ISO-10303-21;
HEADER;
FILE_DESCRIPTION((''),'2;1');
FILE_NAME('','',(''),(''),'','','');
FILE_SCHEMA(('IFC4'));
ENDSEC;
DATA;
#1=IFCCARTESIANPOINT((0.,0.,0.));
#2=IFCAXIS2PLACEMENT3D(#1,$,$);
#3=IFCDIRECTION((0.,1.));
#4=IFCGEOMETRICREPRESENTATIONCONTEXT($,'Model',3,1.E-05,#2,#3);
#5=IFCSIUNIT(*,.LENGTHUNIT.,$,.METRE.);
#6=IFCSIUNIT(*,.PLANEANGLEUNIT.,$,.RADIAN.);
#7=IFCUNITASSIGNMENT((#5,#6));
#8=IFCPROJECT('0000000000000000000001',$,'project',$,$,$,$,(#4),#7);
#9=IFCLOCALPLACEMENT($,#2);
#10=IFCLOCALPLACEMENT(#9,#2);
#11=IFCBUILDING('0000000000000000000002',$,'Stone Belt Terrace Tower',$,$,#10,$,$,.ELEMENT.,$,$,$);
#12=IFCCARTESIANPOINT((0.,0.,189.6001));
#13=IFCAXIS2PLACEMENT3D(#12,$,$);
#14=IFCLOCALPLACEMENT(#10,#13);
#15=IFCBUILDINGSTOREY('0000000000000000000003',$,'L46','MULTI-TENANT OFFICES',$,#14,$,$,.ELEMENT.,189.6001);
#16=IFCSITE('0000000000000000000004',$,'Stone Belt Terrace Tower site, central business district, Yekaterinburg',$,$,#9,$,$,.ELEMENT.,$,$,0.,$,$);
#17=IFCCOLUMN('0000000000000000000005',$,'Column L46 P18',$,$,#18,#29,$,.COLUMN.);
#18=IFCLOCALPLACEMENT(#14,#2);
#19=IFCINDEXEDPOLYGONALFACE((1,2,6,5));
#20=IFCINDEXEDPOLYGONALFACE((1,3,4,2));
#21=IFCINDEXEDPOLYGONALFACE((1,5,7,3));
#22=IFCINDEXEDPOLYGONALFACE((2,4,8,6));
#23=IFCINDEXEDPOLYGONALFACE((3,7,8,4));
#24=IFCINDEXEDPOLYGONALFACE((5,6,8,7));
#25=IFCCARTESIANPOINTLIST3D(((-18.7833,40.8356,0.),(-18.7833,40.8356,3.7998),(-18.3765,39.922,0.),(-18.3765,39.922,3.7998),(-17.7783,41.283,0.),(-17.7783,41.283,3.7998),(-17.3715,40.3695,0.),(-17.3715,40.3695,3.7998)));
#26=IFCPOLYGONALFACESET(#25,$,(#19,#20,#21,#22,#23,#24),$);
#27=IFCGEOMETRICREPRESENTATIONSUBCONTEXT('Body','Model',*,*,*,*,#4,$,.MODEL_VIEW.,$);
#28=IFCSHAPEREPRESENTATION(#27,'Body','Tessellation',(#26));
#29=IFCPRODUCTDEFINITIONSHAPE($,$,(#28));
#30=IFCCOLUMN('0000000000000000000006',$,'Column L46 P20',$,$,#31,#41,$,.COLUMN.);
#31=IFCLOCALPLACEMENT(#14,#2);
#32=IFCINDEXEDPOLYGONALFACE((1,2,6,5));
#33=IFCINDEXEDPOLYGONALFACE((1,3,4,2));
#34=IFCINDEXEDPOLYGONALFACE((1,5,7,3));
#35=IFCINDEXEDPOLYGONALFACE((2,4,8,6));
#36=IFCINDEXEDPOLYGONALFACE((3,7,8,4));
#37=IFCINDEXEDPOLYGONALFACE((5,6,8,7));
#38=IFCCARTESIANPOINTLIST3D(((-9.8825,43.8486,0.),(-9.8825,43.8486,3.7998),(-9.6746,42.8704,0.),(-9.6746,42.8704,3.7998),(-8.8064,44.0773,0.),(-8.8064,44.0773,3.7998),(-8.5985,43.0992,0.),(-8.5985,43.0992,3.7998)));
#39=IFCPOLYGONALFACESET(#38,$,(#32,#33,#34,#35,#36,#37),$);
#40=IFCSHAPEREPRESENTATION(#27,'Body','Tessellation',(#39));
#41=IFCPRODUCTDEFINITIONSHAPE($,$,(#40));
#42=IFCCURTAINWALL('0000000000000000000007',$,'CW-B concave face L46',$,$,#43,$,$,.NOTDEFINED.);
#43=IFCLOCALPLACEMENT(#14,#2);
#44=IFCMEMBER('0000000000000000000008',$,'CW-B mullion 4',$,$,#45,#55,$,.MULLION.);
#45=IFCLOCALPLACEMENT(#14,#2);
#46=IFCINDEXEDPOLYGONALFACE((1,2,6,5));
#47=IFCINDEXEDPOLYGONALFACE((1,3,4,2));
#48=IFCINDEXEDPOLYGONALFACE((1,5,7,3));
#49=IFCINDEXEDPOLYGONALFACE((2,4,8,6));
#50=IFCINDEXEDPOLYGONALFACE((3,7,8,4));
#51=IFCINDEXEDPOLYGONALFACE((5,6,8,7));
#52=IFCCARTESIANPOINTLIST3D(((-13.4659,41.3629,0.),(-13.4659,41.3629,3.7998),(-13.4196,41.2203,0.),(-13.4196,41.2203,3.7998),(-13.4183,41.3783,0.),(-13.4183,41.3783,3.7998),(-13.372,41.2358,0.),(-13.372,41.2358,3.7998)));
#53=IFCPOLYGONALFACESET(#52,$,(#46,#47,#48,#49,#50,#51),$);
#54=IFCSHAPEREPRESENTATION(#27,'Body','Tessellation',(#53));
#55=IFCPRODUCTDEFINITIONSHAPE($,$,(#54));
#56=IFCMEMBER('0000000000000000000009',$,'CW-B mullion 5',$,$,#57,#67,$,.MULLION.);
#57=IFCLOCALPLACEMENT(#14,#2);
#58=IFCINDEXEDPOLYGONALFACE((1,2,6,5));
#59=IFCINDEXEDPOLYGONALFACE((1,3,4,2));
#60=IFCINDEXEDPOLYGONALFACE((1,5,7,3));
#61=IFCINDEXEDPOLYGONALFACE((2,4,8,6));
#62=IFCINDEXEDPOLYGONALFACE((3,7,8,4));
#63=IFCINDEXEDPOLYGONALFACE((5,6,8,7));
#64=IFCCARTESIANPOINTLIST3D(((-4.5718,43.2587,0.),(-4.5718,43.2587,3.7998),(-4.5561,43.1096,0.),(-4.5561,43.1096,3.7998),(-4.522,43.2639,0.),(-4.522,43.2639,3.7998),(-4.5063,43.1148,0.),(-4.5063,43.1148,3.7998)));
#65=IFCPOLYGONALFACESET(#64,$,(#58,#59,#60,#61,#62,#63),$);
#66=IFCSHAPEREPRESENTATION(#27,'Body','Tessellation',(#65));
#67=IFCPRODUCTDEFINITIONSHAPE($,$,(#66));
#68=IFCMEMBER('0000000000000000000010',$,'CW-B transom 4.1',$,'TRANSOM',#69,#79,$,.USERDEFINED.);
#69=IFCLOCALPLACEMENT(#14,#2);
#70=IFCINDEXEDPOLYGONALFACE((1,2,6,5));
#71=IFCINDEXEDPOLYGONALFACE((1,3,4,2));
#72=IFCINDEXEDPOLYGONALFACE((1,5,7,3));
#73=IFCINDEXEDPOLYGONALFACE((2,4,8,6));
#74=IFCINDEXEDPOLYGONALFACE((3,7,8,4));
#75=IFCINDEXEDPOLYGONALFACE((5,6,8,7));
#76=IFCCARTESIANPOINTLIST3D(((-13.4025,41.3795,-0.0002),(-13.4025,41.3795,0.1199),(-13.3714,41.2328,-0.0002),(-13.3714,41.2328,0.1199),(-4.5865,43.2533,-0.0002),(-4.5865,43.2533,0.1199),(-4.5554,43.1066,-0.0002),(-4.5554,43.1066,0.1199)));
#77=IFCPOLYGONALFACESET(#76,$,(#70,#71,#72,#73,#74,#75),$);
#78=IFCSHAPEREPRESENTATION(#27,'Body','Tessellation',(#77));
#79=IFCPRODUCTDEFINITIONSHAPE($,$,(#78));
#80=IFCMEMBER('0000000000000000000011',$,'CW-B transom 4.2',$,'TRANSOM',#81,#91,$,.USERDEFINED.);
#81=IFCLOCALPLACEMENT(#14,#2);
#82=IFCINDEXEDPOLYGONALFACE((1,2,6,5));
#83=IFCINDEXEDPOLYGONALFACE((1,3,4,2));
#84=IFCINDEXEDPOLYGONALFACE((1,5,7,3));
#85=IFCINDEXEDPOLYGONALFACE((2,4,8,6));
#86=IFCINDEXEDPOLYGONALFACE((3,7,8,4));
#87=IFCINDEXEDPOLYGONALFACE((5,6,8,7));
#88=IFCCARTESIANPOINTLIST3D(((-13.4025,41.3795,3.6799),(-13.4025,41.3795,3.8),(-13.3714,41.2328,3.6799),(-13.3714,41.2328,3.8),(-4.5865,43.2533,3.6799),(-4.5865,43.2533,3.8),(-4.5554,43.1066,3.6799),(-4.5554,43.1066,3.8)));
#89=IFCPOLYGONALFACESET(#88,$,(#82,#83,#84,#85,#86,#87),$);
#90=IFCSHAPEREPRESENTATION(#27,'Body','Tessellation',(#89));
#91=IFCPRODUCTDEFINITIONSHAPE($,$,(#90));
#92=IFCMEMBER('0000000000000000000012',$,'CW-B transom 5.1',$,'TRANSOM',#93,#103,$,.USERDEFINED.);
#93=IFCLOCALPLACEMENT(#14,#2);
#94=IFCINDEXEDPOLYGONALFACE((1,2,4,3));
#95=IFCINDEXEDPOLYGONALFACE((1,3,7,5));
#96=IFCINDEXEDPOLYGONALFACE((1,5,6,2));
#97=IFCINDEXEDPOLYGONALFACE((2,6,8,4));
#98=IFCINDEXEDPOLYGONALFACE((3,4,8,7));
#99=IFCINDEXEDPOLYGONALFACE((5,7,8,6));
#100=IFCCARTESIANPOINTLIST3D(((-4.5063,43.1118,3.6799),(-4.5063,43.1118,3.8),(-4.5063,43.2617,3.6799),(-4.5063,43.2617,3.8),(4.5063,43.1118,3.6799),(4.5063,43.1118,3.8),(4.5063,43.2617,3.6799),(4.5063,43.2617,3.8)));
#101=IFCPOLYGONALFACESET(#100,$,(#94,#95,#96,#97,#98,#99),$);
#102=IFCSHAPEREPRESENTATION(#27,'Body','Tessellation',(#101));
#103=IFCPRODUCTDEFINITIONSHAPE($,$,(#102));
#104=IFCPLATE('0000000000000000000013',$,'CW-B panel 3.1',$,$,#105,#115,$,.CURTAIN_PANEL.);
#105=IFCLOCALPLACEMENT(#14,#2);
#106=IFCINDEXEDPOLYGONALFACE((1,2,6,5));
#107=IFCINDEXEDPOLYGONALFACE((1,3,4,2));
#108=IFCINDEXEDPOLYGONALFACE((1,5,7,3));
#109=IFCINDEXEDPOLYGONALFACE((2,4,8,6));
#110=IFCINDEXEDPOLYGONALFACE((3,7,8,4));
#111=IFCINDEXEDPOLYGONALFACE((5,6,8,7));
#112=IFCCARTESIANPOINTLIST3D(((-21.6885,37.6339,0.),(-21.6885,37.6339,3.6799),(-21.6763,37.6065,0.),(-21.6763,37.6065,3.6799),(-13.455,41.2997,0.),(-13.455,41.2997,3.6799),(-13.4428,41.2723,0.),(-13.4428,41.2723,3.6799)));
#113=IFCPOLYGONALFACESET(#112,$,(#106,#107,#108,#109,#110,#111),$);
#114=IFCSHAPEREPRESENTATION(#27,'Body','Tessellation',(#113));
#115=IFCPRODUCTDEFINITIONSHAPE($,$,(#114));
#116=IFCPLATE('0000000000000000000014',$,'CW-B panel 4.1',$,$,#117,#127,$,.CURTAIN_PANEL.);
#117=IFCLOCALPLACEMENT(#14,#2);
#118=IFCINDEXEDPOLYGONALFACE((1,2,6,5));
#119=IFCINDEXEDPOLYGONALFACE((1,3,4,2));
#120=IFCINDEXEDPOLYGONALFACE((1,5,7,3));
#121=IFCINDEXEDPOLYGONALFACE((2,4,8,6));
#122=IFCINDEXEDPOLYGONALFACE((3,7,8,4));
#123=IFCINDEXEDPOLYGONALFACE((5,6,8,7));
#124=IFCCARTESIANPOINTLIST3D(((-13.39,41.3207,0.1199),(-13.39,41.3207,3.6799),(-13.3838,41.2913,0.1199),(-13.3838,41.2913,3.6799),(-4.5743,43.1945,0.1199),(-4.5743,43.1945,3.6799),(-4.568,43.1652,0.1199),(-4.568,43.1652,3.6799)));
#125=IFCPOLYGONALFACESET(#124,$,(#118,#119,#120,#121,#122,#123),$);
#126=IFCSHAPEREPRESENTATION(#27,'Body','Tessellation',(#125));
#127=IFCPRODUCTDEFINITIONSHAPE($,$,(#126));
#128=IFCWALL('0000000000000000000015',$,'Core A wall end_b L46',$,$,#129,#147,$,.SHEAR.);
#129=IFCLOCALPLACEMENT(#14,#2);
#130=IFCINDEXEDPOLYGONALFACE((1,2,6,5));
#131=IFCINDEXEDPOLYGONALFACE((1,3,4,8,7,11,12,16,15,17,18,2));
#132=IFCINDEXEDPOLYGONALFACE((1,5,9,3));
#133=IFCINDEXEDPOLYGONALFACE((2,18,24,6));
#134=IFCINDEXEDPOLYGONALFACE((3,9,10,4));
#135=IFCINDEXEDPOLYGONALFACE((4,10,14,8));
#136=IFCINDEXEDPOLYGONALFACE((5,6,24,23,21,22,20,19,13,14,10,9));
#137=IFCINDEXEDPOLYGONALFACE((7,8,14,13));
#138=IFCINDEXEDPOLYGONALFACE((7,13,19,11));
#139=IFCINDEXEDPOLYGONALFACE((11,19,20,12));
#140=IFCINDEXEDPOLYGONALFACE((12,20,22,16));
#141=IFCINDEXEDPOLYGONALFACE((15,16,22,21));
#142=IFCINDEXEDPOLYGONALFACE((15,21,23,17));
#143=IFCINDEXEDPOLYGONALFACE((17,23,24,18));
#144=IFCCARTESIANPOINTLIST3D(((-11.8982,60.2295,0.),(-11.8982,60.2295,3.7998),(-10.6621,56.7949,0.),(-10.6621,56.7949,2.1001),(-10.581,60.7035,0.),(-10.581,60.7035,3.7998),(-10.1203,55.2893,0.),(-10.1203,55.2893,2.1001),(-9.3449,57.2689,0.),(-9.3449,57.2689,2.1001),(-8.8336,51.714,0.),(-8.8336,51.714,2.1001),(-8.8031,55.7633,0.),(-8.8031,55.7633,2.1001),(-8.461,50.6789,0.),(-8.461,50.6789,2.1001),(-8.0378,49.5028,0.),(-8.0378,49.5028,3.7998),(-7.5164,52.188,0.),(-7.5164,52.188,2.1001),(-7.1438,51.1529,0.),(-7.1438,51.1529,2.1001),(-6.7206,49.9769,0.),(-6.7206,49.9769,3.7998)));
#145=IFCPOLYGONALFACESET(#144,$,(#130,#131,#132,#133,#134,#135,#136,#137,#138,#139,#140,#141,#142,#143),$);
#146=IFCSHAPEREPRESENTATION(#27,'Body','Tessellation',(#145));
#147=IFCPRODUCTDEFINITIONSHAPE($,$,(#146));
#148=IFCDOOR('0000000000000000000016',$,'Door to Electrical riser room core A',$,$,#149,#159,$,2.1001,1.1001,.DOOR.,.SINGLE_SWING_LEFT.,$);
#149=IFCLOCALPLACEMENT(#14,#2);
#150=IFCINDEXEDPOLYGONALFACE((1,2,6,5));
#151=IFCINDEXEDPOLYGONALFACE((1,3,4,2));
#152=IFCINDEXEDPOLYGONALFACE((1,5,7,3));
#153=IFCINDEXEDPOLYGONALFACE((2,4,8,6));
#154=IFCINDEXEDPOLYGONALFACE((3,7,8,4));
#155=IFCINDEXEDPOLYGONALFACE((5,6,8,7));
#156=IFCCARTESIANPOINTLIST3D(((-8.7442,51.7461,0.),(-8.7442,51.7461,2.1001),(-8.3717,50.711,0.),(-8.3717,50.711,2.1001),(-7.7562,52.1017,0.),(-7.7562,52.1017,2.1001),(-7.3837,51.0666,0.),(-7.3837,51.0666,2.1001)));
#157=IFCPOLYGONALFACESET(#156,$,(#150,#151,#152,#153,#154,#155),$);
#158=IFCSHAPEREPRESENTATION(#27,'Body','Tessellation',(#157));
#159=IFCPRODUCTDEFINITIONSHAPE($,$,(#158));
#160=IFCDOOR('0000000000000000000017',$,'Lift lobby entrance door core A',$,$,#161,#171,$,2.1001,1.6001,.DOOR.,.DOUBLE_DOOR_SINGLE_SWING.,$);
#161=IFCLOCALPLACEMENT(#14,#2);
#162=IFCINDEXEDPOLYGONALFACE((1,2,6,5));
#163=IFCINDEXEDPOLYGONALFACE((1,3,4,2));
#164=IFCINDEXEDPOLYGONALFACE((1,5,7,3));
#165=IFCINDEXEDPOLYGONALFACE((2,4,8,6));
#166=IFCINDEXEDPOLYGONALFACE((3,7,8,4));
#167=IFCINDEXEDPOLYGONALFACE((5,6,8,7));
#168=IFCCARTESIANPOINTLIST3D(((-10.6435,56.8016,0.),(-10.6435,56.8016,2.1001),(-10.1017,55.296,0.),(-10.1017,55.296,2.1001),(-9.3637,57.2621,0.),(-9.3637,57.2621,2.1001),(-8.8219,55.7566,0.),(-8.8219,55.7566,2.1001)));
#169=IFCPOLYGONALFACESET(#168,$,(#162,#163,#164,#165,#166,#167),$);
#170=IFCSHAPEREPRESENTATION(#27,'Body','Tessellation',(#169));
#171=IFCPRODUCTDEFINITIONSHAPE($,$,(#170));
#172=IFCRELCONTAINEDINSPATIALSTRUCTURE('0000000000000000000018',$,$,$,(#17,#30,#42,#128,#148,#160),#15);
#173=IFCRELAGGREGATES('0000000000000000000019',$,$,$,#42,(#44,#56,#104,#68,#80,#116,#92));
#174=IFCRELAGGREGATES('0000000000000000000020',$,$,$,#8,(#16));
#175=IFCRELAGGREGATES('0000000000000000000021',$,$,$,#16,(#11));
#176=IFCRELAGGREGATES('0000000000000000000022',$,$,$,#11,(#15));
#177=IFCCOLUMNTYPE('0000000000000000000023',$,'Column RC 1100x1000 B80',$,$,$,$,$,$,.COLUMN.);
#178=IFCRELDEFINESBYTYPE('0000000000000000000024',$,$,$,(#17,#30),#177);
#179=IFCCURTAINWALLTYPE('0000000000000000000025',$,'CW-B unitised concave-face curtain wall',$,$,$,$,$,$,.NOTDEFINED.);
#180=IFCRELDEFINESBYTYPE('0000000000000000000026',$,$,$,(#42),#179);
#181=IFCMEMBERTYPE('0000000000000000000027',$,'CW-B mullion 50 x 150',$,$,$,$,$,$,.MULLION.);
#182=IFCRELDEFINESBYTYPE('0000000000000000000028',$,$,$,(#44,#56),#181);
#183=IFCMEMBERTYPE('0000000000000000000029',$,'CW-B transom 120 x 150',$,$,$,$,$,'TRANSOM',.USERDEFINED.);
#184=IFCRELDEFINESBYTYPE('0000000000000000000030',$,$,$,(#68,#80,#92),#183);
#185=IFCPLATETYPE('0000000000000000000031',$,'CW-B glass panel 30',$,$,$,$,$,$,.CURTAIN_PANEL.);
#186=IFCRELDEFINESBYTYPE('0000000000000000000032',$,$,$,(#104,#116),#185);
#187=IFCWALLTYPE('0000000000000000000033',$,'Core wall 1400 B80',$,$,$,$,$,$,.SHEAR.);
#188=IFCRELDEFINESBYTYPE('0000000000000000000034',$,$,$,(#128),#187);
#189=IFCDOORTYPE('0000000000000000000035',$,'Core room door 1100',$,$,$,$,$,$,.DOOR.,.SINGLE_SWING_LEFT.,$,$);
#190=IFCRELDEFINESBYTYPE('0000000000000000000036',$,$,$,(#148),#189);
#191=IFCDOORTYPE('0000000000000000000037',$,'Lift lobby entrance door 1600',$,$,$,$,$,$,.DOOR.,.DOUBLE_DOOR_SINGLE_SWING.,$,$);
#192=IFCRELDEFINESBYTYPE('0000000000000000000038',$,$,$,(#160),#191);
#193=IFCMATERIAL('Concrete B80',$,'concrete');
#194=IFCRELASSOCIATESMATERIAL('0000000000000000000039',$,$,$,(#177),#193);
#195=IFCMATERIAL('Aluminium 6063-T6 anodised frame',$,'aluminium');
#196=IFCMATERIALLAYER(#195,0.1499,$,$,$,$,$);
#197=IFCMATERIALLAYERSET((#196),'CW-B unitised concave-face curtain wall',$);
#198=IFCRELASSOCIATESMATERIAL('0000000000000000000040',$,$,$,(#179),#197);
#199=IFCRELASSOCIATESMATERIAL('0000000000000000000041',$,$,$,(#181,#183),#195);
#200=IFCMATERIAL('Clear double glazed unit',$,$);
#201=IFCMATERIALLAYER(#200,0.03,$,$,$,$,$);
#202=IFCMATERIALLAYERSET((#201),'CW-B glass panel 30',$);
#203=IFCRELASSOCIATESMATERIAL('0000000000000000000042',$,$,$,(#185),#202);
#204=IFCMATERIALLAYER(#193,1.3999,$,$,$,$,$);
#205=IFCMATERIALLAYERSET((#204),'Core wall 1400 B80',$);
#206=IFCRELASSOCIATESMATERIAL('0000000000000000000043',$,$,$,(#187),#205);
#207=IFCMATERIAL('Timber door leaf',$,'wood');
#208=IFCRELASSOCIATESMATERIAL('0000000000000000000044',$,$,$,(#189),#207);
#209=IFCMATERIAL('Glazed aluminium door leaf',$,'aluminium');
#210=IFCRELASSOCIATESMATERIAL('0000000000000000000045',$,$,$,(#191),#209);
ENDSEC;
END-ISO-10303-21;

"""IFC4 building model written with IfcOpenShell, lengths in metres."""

from ifc_helpers import new_model, si_unit, direction, frame, frame_2d, origin, origin_2d, place, context, subcontext, project, spatial, rectangle, extrude, material, layer, layer_set, material_profile, profile_set, type_object, element, fill, aggregate, save


model = new_model("IFC4")

# Units and contexts
model_context = context("Model", 3, precision=1e-05, world=origin(), true_north=direction((0.0, 1.0)))
body_context = subcontext(model_context, "Body", "Model", "MODEL_VIEW")
ifc_project = project(units=[si_unit("LENGTHUNIT", "METRE"), si_unit("PLANEANGLEUNIT", "RADIAN")], contexts=[model_context])

# Site, building, storey
site_placement = place(None, origin())
site = spatial("IfcSite", under=ifc_project, at=site_placement, Name="Stone Belt Terrace Tower site, central business district, Yekaterinburg", CompositionType="ELEMENT", RefElevation=0.0)
building_placement = place(site_placement, origin())
building = spatial("IfcBuilding", under=site, at=building_placement, Name="Stone Belt Terrace Tower", CompositionType="ELEMENT")
storey_placement = place(building_placement, frame((0.0, 0.0, 189.6001)))
storey = spatial("IfcBuildingStorey", under=building, at=storey_placement, Name="L46", Description="MULTI-TENANT OFFICES", CompositionType="ELEMENT", Elevation=189.6001)

# Columns
ifc_material_1 = material(Name="Concrete B80", Category="concrete")
ifc_material_profile_1 = material_profile(ifc_material_1, rectangle(XDim=1.1001, YDim=1.0, at=origin_2d()), Name="RC 1100x1000")
ifc_profile_set_1 = profile_set([ifc_material_profile_1], Name="Concrete B80")
column_type = type_object("IfcColumnType", Name="Column RC 1100x1000 B80", PredefinedType="COLUMN", material=ifc_profile_set_1)
for number, where, z_axis, x_axis, name in (
    (1, (-18.0774, 40.6025, 0.0), (0.0, 0.0, 1.0), (0.913545, 0.406737, 0.0), "Column L46 P18"),
    (2, (-9.2405, 43.4739, 0.0), (0.0, 0.0, 1.0), (0.978148, 0.207912, 0.0), "Column L46 P20"),
):
    element("IfcColumn", number, at=place(storey_placement, frame(where, z_axis=z_axis, x_axis=x_axis)), inside=storey, type_object=column_type, Name=name, PredefinedType="COLUMN", context=body_context, shape_type="SweptSolid", body=[
        extrude(rectangle(XDim=1.1001, YDim=1.0, at=origin_2d()), origin(), (0.0, 0.0, 1.0), 3.7998),
    ])

# Curtain wall, members, plates
ifc_material_2 = material(Name="Aluminium 6063-T6 anodised frame", Category="aluminium")
ifc_layer_1 = layer(ifc_material_2, 0.1499)
ifc_layer_set_1 = layer_set([ifc_layer_1], Name="CW-B unitised concave-face curtain wall")
curtain_wall_type = type_object("IfcCurtainWallType", Name="CW-B unitised concave-face curtain wall", PredefinedType="NOTDEFINED", material=ifc_layer_set_1)
curtain_wall_placement = place(storey_placement, origin())
curtain_wall = element("IfcCurtainWall", 3, at=curtain_wall_placement, inside=storey, type_object=curtain_wall_type, Name="CW-B concave face L46", PredefinedType="NOTDEFINED")
ifc_material_profile_2 = material_profile(ifc_material_2, rectangle(XDim=0.1499, YDim=0.05, at=origin_2d()), Name="Aluminium 6063-T6 50x150")
ifc_profile_set_2 = profile_set([ifc_material_profile_2], Name="Aluminium 6063-T6 anodised frame")
member_type_1 = type_object("IfcMemberType", Name="CW-B mullion 50 x 150", PredefinedType="MULLION", material=ifc_profile_set_2)
member_1_placement = place(storey_placement, frame((-13.4189, 41.2993, 0.0), z_axis=(0.0, 0.0, 1.0), x_axis=(-0.309017, 0.951057, 0.0)))
member_1 = element("IfcMember", 4, at=member_1_placement, type_object=member_type_1, Name="CW-B mullion 4", PredefinedType="MULLION", context=body_context, shape_type="SweptSolid", body=[
    extrude(rectangle(XDim=0.1499, YDim=0.05, at=origin_2d()), origin(), (0.0, 0.0, 1.0), 3.7998),
])
member_2_placement = place(storey_placement, frame((-4.5391, 43.1868, 0.0), z_axis=(0.0, 0.0, 1.0), x_axis=(-0.104528, 0.994522, 0.0)))
member_2 = element("IfcMember", 5, at=member_2_placement, type_object=member_type_1, Name="CW-B mullion 5", PredefinedType="MULLION", context=body_context, shape_type="SweptSolid", body=[
    extrude(rectangle(XDim=0.1499, YDim=0.05, at=origin_2d()), origin(), (0.0, 0.0, 1.0), 3.7998),
])
ifc_material_profile_3 = material_profile(ifc_material_2, rectangle(XDim=0.1499, YDim=0.1201, at=origin_2d()), Name="Aluminium 6063-T6 150x120")
ifc_profile_set_3 = profile_set([ifc_material_profile_3], Name="Aluminium 6063-T6 anodised frame")
member_type_2 = type_object("IfcMemberType", Name="CW-B transom 120 x 150", ElementType="TRANSOM", PredefinedType="USERDEFINED", material=ifc_profile_set_3)
member_3_placement = place(storey_placement, frame((-13.387, 41.3062, 0.0598), z_axis=(0.97815, 0.207901, 0.0), x_axis=(-0.207901, 0.97815, 0.0)))
member_3 = element("IfcMember", 6, at=member_3_placement, type_object=member_type_2, Name="CW-B transom 4.1", ObjectType="TRANSOM", PredefinedType="USERDEFINED", context=body_context, shape_type="SweptSolid", body=[
    extrude(rectangle(XDim=0.1499, YDim=0.1201, at=origin_2d()), origin(), (0.0, 0.0, 1.0), 9.0129),
])
member_4_placement = place(storey_placement, frame((-13.387, 41.3062, 3.74), z_axis=(0.97815, 0.207901, 0.0), x_axis=(-0.207901, 0.97815, 0.0)))
member_4 = element("IfcMember", 7, at=member_4_placement, type_object=member_type_2, Name="CW-B transom 4.2", ObjectType="TRANSOM", PredefinedType="USERDEFINED", context=body_context, shape_type="SweptSolid", body=[
    extrude(rectangle(XDim=0.1499, YDim=0.1201, at=origin_2d()), origin(), (0.0, 0.0, 1.0), 9.0129),
])
member_5_placement = place(storey_placement, frame((-4.5063, 43.1868, 3.74), z_axis=(1.0, 0.0, 0.0), x_axis=(0.0, 1.0, 0.0)))
member_5 = element("IfcMember", 8, at=member_5_placement, type_object=member_type_2, Name="CW-B transom 5.1", ObjectType="TRANSOM", PredefinedType="USERDEFINED", context=body_context, shape_type="SweptSolid", body=[
    extrude(rectangle(XDim=0.1499, YDim=0.1201, at=origin_2d()), origin(), (0.0, 0.0, 1.0), 9.0127),
])
ifc_material_3 = material(Name="Clear double glazed unit")
ifc_layer_2 = layer(ifc_material_3, 0.03)
ifc_layer_set_2 = layer_set([ifc_layer_2], Name="CW-B glass panel 30")
plate_type = type_object("IfcPlateType", Name="CW-B glass panel 30", PredefinedType="CURTAIN_PANEL", material=ifc_layer_set_2)
plate_1_placement = place(storey_placement, frame((-17.5657, 39.4531, 0.0), z_axis=(0.0, 0.0, 1.0), x_axis=(0.913545, 0.406737, 0.0)))
plate_1 = element("IfcPlate", 9, at=plate_1_placement, type_object=plate_type, Name="CW-B panel 3.1", PredefinedType="CURTAIN_PANEL", context=body_context, shape_type="SweptSolid", body=[
    extrude(rectangle(XDim=9.0127, YDim=0.03, at=origin_2d()), origin(), (0.0, 0.0, 1.0), 3.6799),
])
plate_2_placement = place(storey_placement, frame((-8.979, 42.2429, 0.1199), z_axis=(0.0, 0.0, 1.0), x_axis=(0.978148, 0.207912, 0.0)))
plate_2 = element("IfcPlate", 10, at=plate_2_placement, type_object=plate_type, Name="CW-B panel 4.1", PredefinedType="CURTAIN_PANEL", context=body_context, shape_type="SweptSolid", body=[
    extrude(rectangle(XDim=9.0127, YDim=0.03, at=origin_2d()), origin(), (0.0, 0.0, 1.0), 3.5601),
])
aggregate(curtain_wall, [member_1, member_2, plate_1, member_3, member_4, plate_2, member_5])

# Wall, openings, doors
ifc_layer_3 = layer(ifc_material_1, 1.3999)
ifc_layer_set_3 = layer_set([ifc_layer_3], Name="Core wall 1400 B80")
wall_type_1 = type_object("IfcWallType", Name="Core wall 1400 B80", PredefinedType="SHEAR", material=ifc_layer_set_3)
wall_1_placement = place(storey_placement, frame((-7.3792, 49.7397, 0.0), z_axis=(0.0, 0.0, 1.0), x_axis=(-0.338625, 0.940921, 0.0)))
wall_1 = element("IfcWall", 11, at=wall_1_placement, inside=storey, type_object=wall_type_1, Name="Core A wall end_b L46", PredefinedType="SHEAR", context=body_context, shape_type="SweptSolid", body=[
    extrude(rectangle(XDim=11.4001, YDim=1.3999, at=frame_2d((5.7002, 0.0))), origin(), (0.0, 0.0, 1.0), 3.7998),
])
opening_1_placement = place(wall_1_placement, frame((6.1499, 0.0, 0.0)))
opening_1 = element("IfcOpeningElement", 12, at=opening_1_placement, cuts=wall_1, PredefinedType="OPENING", context=body_context, shape_type="SweptSolid", body=[
    extrude(rectangle(XDim=1.6001, YDim=2.1001, at=frame_2d((0.8, 1.05))), frame((0.0, 0.71, 0.0), z_axis=(0.0, -1.0, 0.0), x_axis=(1.0, 0.0, 0.0)), (0.0, 0.0, 1.0), 1.4199),
])
opening_2_placement = place(wall_1_placement, frame((1.25, 0.0, 0.0)))
opening_2 = element("IfcOpeningElement", 13, at=opening_2_placement, cuts=wall_1, PredefinedType="OPENING", context=body_context, shape_type="SweptSolid", body=[
    extrude(rectangle(XDim=1.1001, YDim=2.1001, at=frame_2d((0.55, 1.05))), frame((0.0, 0.71, 0.0), z_axis=(0.0, -1.0, 0.0), x_axis=(1.0, 0.0, 0.0)), (0.0, 0.0, 1.0), 1.4199),
])
ifc_material_4 = material(Name="Timber door leaf", Category="wood")
door_type_1 = type_object("IfcDoorType", Name="Core room door 1100", OperationType="SINGLE_SWING_LEFT", PredefinedType="DOOR", material=ifc_material_4)
door_1_placement = place(opening_2_placement, origin())
door_1 = element("IfcDoor", 14, at=door_1_placement, inside=storey, type_object=door_type_1, Name="Door to Electrical riser room core A", OperationType="SINGLE_SWING_LEFT", OverallHeight=2.1001, OverallWidth=1.1001, PredefinedType="DOOR", context=body_context, shape_type="SweptSolid", body=[
    extrude(rectangle(XDim=1.1001, YDim=2.1001, at=frame_2d((0.55, 1.05))), frame((0.0, 0.605, 0.0), z_axis=(0.0, -1.0, 0.0), x_axis=(1.0, 0.0, 0.0)), (0.0, 0.0, 1.0), 1.05),
])
fill(opening_2, door_1)
ifc_material_5 = material(Name="Glazed aluminium door leaf", Category="aluminium")
door_type_2 = type_object("IfcDoorType", Name="Lift lobby entrance door 1600", OperationType="DOUBLE_DOOR_SINGLE_SWING", PredefinedType="DOOR", material=ifc_material_5)
door_2_placement = place(opening_1_placement, origin())
door_2 = element("IfcDoor", 15, at=door_2_placement, inside=storey, type_object=door_type_2, Name="Lift lobby entrance door core A", OperationType="DOUBLE_DOOR_SINGLE_SWING", OverallHeight=2.1001, OverallWidth=1.6001, PredefinedType="DOOR", context=body_context, shape_type="SweptSolid", body=[
    extrude(rectangle(XDim=1.6001, YDim=2.1001, at=frame_2d((0.8, 1.05))), frame((0.0, 0.6802, 0.0), z_axis=(0.0, -1.0, 0.0), x_axis=(1.0, 0.0, 0.0)), (0.0, 0.0, 1.0), 1.3601),
])
fill(opening_1, door_2)

save(model, "model.ifc")
